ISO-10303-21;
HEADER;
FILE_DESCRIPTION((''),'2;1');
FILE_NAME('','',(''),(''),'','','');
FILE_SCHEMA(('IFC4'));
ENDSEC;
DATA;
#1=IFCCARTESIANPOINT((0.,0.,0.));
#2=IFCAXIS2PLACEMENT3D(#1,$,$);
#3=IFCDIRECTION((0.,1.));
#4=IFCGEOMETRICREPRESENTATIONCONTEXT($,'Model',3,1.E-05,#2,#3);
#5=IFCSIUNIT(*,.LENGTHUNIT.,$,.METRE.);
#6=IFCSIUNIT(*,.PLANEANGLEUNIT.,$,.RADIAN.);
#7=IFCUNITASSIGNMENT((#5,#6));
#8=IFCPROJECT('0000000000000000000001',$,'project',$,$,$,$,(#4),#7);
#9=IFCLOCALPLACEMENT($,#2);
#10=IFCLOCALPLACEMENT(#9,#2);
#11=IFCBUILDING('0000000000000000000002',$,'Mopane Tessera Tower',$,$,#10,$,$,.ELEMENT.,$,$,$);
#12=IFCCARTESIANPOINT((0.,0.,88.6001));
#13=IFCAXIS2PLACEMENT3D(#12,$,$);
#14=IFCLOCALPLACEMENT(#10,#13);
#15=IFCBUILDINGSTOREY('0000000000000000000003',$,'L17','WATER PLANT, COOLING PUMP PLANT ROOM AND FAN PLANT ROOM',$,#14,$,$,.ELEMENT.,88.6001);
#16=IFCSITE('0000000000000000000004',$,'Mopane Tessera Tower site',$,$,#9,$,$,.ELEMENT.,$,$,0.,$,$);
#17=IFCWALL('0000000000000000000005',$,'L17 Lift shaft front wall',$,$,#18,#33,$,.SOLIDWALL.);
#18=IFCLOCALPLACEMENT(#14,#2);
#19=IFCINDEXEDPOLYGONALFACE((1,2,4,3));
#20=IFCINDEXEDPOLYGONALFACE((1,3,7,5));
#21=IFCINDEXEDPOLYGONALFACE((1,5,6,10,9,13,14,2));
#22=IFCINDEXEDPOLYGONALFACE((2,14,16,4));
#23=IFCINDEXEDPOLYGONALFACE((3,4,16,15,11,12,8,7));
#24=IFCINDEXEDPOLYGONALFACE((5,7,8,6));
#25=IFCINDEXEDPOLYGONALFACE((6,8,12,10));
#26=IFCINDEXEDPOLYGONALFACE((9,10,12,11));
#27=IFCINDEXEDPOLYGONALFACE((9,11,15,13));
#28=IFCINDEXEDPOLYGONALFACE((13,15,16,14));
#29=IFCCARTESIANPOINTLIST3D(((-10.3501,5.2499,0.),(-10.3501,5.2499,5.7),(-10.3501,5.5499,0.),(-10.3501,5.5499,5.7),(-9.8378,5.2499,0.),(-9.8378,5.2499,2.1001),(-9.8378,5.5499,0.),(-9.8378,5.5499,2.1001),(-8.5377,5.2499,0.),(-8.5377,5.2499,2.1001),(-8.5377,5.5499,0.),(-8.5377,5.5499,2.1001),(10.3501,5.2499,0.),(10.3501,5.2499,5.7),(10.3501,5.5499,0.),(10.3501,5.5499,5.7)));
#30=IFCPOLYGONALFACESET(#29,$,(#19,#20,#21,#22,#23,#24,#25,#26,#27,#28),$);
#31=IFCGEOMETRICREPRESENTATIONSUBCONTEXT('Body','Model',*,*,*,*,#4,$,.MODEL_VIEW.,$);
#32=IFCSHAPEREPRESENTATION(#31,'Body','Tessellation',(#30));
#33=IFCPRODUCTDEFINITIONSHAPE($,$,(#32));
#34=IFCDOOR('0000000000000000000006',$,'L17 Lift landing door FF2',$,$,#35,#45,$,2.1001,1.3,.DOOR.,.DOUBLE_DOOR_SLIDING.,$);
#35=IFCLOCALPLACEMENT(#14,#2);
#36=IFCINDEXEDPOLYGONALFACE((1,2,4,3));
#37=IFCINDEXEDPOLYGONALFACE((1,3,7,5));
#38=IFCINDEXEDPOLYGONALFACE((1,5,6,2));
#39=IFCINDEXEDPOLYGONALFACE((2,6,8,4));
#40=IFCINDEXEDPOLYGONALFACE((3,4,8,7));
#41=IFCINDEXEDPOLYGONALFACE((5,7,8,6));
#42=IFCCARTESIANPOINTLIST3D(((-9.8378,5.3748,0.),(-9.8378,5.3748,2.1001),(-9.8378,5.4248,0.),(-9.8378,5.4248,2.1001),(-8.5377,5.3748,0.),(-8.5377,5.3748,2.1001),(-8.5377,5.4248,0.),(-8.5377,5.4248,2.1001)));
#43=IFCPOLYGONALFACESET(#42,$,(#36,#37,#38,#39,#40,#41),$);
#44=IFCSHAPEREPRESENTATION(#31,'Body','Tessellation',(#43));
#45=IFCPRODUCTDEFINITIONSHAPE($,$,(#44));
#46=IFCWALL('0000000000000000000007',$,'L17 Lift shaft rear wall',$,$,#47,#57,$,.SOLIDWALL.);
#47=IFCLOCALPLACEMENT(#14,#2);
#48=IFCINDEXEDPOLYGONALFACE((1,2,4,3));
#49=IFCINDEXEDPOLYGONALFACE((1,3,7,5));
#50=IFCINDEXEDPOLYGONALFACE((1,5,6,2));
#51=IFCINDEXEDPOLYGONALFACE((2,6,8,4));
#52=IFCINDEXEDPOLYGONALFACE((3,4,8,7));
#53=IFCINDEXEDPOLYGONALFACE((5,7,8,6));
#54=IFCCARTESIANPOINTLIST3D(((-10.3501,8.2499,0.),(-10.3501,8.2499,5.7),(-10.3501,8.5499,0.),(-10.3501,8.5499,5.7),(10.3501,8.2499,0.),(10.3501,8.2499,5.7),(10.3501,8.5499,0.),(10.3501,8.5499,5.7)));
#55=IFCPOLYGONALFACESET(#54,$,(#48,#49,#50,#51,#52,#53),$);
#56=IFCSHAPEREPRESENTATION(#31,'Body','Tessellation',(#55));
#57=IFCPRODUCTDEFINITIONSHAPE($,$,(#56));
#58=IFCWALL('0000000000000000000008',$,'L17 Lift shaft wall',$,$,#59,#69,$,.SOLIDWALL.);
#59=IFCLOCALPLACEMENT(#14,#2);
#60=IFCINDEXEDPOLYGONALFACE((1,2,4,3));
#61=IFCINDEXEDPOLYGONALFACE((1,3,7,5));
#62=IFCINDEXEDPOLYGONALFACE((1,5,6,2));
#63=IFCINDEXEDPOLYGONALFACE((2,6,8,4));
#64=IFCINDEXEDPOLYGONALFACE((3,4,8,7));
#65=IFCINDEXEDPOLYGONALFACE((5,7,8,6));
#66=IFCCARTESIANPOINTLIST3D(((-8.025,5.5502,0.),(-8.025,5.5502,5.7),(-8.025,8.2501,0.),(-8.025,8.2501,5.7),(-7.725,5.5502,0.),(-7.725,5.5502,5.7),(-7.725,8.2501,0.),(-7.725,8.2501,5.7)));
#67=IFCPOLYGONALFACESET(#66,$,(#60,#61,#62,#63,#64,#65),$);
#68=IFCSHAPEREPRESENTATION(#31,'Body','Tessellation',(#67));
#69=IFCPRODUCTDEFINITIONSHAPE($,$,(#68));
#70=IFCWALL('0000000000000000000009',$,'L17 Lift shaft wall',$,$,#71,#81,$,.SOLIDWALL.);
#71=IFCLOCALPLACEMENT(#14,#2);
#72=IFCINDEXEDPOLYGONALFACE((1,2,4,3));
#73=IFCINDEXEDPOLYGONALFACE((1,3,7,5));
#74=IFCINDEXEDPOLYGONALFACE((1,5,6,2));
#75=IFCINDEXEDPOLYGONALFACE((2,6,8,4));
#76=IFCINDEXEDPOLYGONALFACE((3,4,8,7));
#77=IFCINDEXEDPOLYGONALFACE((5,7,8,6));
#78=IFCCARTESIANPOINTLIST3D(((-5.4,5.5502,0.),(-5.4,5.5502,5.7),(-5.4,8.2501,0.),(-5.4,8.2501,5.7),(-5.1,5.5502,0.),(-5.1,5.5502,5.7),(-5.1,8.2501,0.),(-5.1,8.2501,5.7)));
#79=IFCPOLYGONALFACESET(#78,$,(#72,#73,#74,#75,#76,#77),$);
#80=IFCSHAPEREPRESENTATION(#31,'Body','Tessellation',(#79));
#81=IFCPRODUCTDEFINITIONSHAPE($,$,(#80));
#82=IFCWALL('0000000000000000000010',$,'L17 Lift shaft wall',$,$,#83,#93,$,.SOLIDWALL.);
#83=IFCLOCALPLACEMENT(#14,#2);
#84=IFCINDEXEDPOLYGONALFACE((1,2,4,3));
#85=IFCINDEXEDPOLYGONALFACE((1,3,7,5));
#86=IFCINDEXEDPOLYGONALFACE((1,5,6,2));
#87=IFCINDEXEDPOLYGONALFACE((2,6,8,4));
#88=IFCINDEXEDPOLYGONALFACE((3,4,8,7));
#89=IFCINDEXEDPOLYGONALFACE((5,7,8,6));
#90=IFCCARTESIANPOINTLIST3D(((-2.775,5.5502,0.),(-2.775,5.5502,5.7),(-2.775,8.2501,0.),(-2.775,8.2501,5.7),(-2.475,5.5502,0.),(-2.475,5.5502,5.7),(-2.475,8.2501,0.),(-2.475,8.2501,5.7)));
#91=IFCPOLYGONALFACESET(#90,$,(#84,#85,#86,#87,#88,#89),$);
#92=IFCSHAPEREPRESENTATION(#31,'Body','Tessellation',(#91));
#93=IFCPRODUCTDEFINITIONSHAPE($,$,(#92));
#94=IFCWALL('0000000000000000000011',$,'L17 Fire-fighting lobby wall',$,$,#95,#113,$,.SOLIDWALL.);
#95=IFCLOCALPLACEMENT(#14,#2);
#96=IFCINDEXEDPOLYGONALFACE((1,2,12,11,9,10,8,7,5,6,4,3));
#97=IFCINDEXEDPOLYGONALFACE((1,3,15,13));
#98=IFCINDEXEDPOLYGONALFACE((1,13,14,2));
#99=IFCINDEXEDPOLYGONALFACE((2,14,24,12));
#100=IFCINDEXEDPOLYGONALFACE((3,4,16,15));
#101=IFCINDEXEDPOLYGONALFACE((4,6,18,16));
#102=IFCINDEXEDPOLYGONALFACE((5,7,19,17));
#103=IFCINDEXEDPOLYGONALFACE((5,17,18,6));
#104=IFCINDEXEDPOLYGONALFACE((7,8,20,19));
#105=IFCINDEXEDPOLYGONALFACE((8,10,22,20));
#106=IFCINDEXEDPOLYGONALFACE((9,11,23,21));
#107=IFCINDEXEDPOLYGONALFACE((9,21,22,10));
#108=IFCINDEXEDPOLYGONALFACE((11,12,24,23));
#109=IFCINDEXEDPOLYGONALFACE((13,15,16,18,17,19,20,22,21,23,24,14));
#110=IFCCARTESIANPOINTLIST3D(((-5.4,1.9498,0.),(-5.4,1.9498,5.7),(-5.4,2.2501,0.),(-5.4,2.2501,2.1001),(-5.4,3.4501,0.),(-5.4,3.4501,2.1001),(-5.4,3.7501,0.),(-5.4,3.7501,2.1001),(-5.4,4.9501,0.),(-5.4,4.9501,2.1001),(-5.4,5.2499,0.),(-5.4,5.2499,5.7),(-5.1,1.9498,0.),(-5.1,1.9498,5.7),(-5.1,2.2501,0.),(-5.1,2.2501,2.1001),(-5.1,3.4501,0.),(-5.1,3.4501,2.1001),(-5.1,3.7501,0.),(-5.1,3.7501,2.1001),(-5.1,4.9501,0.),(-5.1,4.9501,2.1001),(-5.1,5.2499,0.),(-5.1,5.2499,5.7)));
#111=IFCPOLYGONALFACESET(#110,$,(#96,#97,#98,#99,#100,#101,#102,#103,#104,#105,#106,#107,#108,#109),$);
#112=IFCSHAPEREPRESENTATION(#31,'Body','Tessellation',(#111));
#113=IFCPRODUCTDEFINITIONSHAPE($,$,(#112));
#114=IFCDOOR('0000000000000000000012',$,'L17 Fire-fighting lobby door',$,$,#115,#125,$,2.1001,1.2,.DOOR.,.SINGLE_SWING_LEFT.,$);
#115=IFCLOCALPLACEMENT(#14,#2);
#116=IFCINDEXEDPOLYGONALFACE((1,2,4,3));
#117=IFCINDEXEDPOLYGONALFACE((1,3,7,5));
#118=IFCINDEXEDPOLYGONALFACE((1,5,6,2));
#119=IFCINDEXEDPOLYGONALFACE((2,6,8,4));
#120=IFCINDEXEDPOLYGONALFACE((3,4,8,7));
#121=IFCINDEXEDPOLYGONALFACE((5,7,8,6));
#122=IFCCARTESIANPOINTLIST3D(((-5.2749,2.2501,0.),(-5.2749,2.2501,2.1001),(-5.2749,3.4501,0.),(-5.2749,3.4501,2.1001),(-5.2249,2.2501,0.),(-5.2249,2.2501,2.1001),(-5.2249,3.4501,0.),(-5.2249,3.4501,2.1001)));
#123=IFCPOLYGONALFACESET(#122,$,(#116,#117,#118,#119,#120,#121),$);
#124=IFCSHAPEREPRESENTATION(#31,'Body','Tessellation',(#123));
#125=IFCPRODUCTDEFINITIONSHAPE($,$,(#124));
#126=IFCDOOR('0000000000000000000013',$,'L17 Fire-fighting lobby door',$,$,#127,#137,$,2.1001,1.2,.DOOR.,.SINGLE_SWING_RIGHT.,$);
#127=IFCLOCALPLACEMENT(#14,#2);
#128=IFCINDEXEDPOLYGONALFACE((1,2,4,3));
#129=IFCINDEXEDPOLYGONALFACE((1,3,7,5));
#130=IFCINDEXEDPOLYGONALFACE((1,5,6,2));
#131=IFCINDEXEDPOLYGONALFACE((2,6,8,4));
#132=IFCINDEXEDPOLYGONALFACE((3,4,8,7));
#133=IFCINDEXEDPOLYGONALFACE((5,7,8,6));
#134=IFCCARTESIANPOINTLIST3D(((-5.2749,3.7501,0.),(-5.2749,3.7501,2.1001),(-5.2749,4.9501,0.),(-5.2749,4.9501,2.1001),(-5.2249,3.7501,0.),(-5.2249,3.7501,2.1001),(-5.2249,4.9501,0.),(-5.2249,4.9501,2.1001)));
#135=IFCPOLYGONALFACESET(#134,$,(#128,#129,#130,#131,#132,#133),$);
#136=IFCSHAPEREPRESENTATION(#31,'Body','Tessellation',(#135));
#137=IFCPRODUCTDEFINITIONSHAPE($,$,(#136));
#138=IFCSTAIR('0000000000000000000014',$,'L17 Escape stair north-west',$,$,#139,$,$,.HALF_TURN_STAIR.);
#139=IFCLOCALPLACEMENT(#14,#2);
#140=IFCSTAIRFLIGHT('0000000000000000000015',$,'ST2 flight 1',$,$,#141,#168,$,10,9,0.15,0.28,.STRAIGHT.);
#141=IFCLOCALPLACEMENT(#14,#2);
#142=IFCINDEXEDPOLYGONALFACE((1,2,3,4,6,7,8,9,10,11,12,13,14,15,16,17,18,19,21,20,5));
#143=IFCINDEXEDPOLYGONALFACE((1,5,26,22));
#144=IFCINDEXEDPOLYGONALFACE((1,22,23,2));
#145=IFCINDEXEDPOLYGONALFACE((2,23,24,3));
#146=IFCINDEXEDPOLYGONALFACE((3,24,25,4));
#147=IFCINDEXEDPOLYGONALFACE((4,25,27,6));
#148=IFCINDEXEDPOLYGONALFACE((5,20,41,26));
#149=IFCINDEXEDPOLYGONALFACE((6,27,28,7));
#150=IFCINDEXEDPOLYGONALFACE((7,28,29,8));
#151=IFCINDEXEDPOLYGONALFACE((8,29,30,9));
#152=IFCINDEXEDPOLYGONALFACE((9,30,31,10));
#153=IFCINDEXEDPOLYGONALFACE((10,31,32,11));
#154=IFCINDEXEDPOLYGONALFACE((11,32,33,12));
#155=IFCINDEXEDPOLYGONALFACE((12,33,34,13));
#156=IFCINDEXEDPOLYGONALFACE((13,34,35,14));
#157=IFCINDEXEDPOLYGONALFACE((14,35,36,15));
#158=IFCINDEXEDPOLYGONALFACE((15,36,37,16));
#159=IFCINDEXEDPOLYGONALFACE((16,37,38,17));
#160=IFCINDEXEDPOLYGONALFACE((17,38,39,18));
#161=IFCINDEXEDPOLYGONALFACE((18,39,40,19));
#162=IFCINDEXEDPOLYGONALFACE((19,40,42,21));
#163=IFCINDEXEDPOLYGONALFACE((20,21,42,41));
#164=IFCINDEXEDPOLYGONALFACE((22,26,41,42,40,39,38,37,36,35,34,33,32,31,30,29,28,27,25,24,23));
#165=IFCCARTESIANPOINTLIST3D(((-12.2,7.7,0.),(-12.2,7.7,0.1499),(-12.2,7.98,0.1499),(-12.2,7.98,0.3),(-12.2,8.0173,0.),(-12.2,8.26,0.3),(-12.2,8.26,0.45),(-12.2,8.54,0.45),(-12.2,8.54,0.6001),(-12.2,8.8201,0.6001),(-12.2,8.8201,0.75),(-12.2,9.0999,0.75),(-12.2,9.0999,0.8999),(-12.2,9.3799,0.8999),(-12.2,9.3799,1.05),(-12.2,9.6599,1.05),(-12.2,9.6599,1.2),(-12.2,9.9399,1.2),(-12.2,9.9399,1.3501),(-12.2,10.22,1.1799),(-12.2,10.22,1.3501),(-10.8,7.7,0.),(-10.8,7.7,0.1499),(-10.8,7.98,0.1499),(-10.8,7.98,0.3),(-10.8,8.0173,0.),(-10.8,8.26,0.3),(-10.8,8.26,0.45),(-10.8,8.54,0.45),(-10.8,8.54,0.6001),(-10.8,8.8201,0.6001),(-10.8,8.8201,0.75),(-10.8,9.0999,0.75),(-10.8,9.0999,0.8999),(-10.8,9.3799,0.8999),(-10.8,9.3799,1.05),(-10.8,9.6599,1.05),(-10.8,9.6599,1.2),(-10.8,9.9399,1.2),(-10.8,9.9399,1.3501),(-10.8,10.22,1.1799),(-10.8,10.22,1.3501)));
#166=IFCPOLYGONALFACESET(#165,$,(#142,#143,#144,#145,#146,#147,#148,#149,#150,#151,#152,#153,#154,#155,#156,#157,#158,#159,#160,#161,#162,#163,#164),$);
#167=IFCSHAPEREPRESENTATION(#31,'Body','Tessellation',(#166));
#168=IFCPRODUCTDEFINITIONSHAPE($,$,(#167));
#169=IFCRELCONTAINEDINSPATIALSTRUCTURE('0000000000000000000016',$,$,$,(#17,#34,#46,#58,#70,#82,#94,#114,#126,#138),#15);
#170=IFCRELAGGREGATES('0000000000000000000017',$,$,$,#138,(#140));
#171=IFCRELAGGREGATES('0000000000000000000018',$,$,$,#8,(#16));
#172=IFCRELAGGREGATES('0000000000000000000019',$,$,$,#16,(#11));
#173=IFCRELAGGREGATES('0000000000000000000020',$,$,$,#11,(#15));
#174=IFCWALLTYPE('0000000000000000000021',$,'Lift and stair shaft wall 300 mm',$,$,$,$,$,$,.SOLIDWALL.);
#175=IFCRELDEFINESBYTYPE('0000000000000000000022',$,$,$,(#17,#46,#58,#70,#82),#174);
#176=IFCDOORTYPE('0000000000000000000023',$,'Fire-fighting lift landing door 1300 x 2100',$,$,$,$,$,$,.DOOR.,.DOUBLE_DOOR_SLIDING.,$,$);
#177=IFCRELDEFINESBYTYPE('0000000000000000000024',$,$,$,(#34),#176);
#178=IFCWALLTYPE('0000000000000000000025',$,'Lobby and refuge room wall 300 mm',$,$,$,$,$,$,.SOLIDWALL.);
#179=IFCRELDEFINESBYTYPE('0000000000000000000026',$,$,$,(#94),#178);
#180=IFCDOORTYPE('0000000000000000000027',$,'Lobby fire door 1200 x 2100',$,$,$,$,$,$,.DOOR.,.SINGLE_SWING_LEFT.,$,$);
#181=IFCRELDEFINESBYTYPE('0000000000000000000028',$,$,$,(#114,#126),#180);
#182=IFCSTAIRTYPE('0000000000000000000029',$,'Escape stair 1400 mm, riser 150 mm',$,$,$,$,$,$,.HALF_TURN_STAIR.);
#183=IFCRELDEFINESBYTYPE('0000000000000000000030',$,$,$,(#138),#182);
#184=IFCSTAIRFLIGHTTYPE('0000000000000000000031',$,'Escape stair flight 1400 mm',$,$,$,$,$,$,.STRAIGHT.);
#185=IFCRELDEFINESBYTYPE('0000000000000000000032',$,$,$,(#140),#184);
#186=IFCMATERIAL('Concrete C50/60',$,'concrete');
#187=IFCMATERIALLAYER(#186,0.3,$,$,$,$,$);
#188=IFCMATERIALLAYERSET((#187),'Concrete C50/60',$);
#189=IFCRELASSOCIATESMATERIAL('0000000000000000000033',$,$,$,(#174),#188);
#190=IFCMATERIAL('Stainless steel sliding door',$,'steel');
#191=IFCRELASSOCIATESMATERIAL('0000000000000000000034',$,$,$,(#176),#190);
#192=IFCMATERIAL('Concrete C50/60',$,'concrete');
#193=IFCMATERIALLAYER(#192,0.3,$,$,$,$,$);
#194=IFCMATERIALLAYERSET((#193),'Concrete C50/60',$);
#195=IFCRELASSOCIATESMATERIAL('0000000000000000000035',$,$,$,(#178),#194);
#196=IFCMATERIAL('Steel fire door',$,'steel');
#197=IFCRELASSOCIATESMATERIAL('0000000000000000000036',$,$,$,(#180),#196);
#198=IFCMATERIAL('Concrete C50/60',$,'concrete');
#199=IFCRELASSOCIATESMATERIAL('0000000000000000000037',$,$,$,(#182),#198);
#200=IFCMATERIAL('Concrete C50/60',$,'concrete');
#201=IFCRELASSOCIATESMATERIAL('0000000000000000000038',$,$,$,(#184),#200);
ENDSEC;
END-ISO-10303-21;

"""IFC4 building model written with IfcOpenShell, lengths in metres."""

from ifc_helpers import new_model, si_unit, direction, frame, frame_2d, origin, place, context, subcontext, project, spatial, polyline, rectangle, outline, extrude, material, layer, layer_set, type_object, element, fill, aggregate, save


model = new_model("IFC4")

# Units and contexts
model_context = context("Model", 3, precision=1e-05, world=origin(), true_north=direction((0.0, 1.0)))
body_context = subcontext(model_context, "Body", "Model", "MODEL_VIEW")
ifc_project = project(units=[si_unit("LENGTHUNIT", "METRE"), si_unit("PLANEANGLEUNIT", "RADIAN")], contexts=[model_context])

# Site, building, storey
site_placement = place(None, origin())
site = spatial("IfcSite", under=ifc_project, at=site_placement, Name="Mopane Tessera Tower site", CompositionType="ELEMENT", RefElevation=0.0)
building_placement = place(site_placement, origin())
building = spatial("IfcBuilding", under=site, at=building_placement, Name="Mopane Tessera Tower", CompositionType="ELEMENT")
storey_placement = place(building_placement, frame((0.0, 0.0, 88.6001)))
storey = spatial("IfcBuildingStorey", under=building, at=storey_placement, Name="L17", Description="WATER PLANT, COOLING PUMP PLANT ROOM AND FAN PLANT ROOM", CompositionType="ELEMENT", Elevation=88.6001)

# Shared definitions
ifc_material_1 = material(Name="Concrete C50/60", Category="concrete")
ifc_layer_1 = layer(ifc_material_1, 0.3)
ifc_layer_set_1 = layer_set([ifc_layer_1], Name="Concrete C50/60")
wall_type_1 = type_object("IfcWallType", Name="Lift and stair shaft wall 300 mm", PredefinedType="SOLIDWALL", material=ifc_layer_set_1)
ifc_material_2 = material(Name="Stainless steel sliding door", Category="steel")
door_type_1 = type_object("IfcDoorType", Name="Fire-fighting lift landing door 1300 x 2100", OperationType="DOUBLE_DOOR_SLIDING", PredefinedType="DOOR", material=ifc_material_2)

# Wall, opening, door
wall_1_placement = place(storey_placement, frame((-10.3501, 5.3999, 0.0), z_axis=(0.0, 0.0, 1.0), x_axis=(1.0, 0.0, 0.0)))
wall_1 = element("IfcWall", 1, at=wall_1_placement, inside=storey, type_object=wall_type_1, Name="L17 Lift shaft front wall", PredefinedType="SOLIDWALL", context=body_context, shape_type="SweptSolid", body=[
    extrude(rectangle(XDim=20.7002, YDim=0.3, at=frame_2d((10.3501, 0.0))), origin(), (0.0, 0.0, 1.0), 5.7),
])
opening_1_placement = place(wall_1_placement, frame((0.5125, 0.0, 0.0)))
opening_1 = element("IfcOpeningElement", 2, at=opening_1_placement, cuts=wall_1, PredefinedType="OPENING", context=body_context, shape_type="SweptSolid", body=[
    extrude(rectangle(XDim=1.3, YDim=2.1001, at=frame_2d((0.6499, 1.05))), frame((0.0, 0.1621, 0.0), z_axis=(0.0, -1.0, 0.0), x_axis=(1.0, 0.0, 0.0)), (0.0, 0.0, 1.0), 0.324),
])
door_1_placement = place(opening_1_placement, origin())
door_1 = element("IfcDoor", 3, at=door_1_placement, inside=storey, type_object=door_type_1, Name="L17 Lift landing door FF2", OperationType="DOUBLE_DOOR_SLIDING", OverallHeight=2.1001, OverallWidth=1.3, PredefinedType="DOOR", context=body_context, shape_type="SweptSolid", body=[
    extrude(rectangle(XDim=1.3, YDim=2.1001, at=frame_2d((0.6499, 1.05))), frame((0.0, 0.0249, 0.0), z_axis=(0.0, -1.0, 0.0), x_axis=(1.0, 0.0, 0.0)), (0.0, 0.0, 1.0), 0.05),
])
fill(opening_1, door_1)

# Walls
wall_2_placement = place(storey_placement, frame((-10.3501, 8.3999, 0.0), z_axis=(0.0, 0.0, 1.0), x_axis=(1.0, 0.0, 0.0)))
element("IfcWall", 4, at=wall_2_placement, inside=storey, type_object=wall_type_1, Name="L17 Lift shaft rear wall", PredefinedType="SOLIDWALL", context=body_context, shape_type="SweptSolid", body=[
    extrude(rectangle(XDim=20.7002, YDim=0.3, at=frame_2d((10.3501, 0.0))), origin(), (0.0, 0.0, 1.0), 5.7),
])
for number, where, z_axis, x_axis, name in (
    (5, (-7.875, 5.55, 0.0), (0.0, 0.0, 1.0), (0.0, 1.0, 0.0), "L17 Lift shaft wall"),
    (6, (-5.25, 5.55, 0.0), (0.0, 0.0, 1.0), (0.0, 1.0, 0.0), "L17 Lift shaft wall"),
    (7, (-2.625, 5.55, 0.0), (0.0, 0.0, 1.0), (0.0, 1.0, 0.0), "L17 Lift shaft wall"),
):
    element("IfcWall", number, at=place(storey_placement, frame(where, z_axis=z_axis, x_axis=x_axis)), inside=storey, type_object=wall_type_1, Name=name, PredefinedType="SOLIDWALL", context=body_context, shape_type="SweptSolid", body=[
        extrude(rectangle(XDim=2.7, YDim=0.3, at=frame_2d((1.3501, 0.0))), origin(), (0.0, 0.0, 1.0), 5.7),
    ])

# Wall, openings, doors
ifc_material_3 = material(Name="Concrete C50/60", Category="concrete")
ifc_layer_2 = layer(ifc_material_3, 0.3)
ifc_layer_set_2 = layer_set([ifc_layer_2], Name="Concrete C50/60")
wall_type_2 = type_object("IfcWallType", Name="Lobby and refuge room wall 300 mm", PredefinedType="SOLIDWALL", material=ifc_layer_set_2)
wall_3_placement = place(storey_placement, frame((-5.25, 1.95, 0.0), z_axis=(0.0, 0.0, 1.0), x_axis=(0.0, 1.0, 0.0)))
wall_3 = element("IfcWall", 8, at=wall_3_placement, inside=storey, type_object=wall_type_2, Name="L17 Fire-fighting lobby wall", PredefinedType="SOLIDWALL", context=body_context, shape_type="SweptSolid", body=[
    extrude(rectangle(XDim=3.3, YDim=0.3, at=frame_2d((1.6499, 0.0))), origin(), (0.0, 0.0, 1.0), 5.7),
])
opening_2_placement = place(wall_3_placement, frame((0.3, 0.0, 0.0)))
opening_2 = element("IfcOpeningElement", 9, at=opening_2_placement, cuts=wall_3, PredefinedType="OPENING", context=body_context, shape_type="SweptSolid", body=[
    extrude(rectangle(XDim=1.2, YDim=2.1001, at=frame_2d((0.6001, 1.05))), frame((0.0, 0.1621, 0.0), z_axis=(0.0, -1.0, 0.0), x_axis=(1.0, 0.0, 0.0)), (0.0, 0.0, 1.0), 0.324),
])
opening_3_placement = place(wall_3_placement, frame((1.8, 0.0, 0.0)))
opening_3 = element("IfcOpeningElement", 10, at=opening_3_placement, cuts=wall_3, PredefinedType="OPENING", context=body_context, shape_type="SweptSolid", body=[
    extrude(rectangle(XDim=1.2, YDim=2.1001, at=frame_2d((0.6001, 1.05))), frame((0.0, 0.1621, 0.0), z_axis=(0.0, -1.0, 0.0), x_axis=(1.0, 0.0, 0.0)), (0.0, 0.0, 1.0), 0.324),
])
ifc_material_4 = material(Name="Steel fire door", Category="steel")
door_type_2 = type_object("IfcDoorType", Name="Lobby fire door 1200 x 2100", OperationType="SINGLE_SWING_LEFT", PredefinedType="DOOR", material=ifc_material_4)
door_2_placement = place(opening_2_placement, origin())
door_2 = element("IfcDoor", 11, at=door_2_placement, inside=storey, type_object=door_type_2, Name="L17 Fire-fighting lobby door", OperationType="SINGLE_SWING_LEFT", OverallHeight=2.1001, OverallWidth=1.2, PredefinedType="DOOR", context=body_context, shape_type="SweptSolid", body=[
    extrude(rectangle(XDim=1.2, YDim=2.1001, at=frame_2d((0.6001, 1.05))), frame((0.0, 0.0249, 0.0), z_axis=(0.0, -1.0, 0.0), x_axis=(1.0, 0.0, 0.0)), (0.0, 0.0, 1.0), 0.05),
])
fill(opening_2, door_2)
door_3_placement = place(opening_3_placement, origin())
door_3 = element("IfcDoor", 12, at=door_3_placement, inside=storey, type_object=door_type_2, Name="L17 Fire-fighting lobby door", OperationType="SINGLE_SWING_RIGHT", OverallHeight=2.1001, OverallWidth=1.2, PredefinedType="DOOR", context=body_context, shape_type="SweptSolid", body=[
    extrude(rectangle(XDim=1.2, YDim=2.1001, at=frame_2d((0.6001, 1.05))), frame((0.0, 0.0249, 0.0), z_axis=(0.0, -1.0, 0.0), x_axis=(1.0, 0.0, 0.0)), (0.0, 0.0, 1.0), 0.05),
])
fill(opening_3, door_3)

# Stair, stair flight
ifc_material_5 = material(Name="Concrete C50/60", Category="concrete")
stair_type = type_object("IfcStairType", Name="Escape stair 1400 mm, riser 150 mm", PredefinedType="HALF_TURN_STAIR", material=ifc_material_5)
stair_placement = place(storey_placement, origin())
stair = element("IfcStair", 13, at=stair_placement, inside=storey, type_object=stair_type, Name="L17 Escape stair north-west", PredefinedType="HALF_TURN_STAIR")
ifc_material_6 = material(Name="Concrete C50/60", Category="concrete")
stair_flight_type = type_object("IfcStairFlightType", Name="Escape stair flight 1400 mm", PredefinedType="STRAIGHT", material=ifc_material_6)
stair_flight_1_placement = place(storey_placement, frame((-11.5, 7.7, 0.0), z_axis=(0.0, 0.0, 1.0), x_axis=(0.0, 1.0, 0.0)))
stair_flight_1 = element("IfcStairFlight", 14, at=stair_flight_1_placement, type_object=stair_flight_type, Name="ST2 flight 1", NumberOfRisers=10, NumberOfTreads=9, PredefinedType="STRAIGHT", RiserHeight=0.15, TreadLength=0.28, context=body_context, shape_type="SweptSolid", body=[
    extrude(outline(polyline([(0.0, 0.0), (0.0, 0.1499), (0.28, 0.1499), (0.28, 0.3), (0.5601, 0.3), (0.5601, 0.45), (0.8401, 0.45), (0.8401, 0.6001), (1.1201, 0.6001), (1.1201, 0.75), (1.3999, 0.75), (1.3999, 0.8999), (1.6799, 0.8999), (1.6799, 1.05), (1.96, 1.05), (1.96, 1.2), (2.24, 1.2), (2.24, 1.3501), (2.52, 1.3501), (2.52, 1.5), (2.52, 1.1799), (0.3174, 0.0), (0.0, 0.0)])), frame((0.0, 0.7, 0.0), z_axis=(0.0, -1.0, 0.0), x_axis=(1.0, 0.0, 0.0)), (0.0, 0.0, 1.0), 1.3999),
])
aggregate(stair, [stair_flight_1])

save(model, "model.ifc")
